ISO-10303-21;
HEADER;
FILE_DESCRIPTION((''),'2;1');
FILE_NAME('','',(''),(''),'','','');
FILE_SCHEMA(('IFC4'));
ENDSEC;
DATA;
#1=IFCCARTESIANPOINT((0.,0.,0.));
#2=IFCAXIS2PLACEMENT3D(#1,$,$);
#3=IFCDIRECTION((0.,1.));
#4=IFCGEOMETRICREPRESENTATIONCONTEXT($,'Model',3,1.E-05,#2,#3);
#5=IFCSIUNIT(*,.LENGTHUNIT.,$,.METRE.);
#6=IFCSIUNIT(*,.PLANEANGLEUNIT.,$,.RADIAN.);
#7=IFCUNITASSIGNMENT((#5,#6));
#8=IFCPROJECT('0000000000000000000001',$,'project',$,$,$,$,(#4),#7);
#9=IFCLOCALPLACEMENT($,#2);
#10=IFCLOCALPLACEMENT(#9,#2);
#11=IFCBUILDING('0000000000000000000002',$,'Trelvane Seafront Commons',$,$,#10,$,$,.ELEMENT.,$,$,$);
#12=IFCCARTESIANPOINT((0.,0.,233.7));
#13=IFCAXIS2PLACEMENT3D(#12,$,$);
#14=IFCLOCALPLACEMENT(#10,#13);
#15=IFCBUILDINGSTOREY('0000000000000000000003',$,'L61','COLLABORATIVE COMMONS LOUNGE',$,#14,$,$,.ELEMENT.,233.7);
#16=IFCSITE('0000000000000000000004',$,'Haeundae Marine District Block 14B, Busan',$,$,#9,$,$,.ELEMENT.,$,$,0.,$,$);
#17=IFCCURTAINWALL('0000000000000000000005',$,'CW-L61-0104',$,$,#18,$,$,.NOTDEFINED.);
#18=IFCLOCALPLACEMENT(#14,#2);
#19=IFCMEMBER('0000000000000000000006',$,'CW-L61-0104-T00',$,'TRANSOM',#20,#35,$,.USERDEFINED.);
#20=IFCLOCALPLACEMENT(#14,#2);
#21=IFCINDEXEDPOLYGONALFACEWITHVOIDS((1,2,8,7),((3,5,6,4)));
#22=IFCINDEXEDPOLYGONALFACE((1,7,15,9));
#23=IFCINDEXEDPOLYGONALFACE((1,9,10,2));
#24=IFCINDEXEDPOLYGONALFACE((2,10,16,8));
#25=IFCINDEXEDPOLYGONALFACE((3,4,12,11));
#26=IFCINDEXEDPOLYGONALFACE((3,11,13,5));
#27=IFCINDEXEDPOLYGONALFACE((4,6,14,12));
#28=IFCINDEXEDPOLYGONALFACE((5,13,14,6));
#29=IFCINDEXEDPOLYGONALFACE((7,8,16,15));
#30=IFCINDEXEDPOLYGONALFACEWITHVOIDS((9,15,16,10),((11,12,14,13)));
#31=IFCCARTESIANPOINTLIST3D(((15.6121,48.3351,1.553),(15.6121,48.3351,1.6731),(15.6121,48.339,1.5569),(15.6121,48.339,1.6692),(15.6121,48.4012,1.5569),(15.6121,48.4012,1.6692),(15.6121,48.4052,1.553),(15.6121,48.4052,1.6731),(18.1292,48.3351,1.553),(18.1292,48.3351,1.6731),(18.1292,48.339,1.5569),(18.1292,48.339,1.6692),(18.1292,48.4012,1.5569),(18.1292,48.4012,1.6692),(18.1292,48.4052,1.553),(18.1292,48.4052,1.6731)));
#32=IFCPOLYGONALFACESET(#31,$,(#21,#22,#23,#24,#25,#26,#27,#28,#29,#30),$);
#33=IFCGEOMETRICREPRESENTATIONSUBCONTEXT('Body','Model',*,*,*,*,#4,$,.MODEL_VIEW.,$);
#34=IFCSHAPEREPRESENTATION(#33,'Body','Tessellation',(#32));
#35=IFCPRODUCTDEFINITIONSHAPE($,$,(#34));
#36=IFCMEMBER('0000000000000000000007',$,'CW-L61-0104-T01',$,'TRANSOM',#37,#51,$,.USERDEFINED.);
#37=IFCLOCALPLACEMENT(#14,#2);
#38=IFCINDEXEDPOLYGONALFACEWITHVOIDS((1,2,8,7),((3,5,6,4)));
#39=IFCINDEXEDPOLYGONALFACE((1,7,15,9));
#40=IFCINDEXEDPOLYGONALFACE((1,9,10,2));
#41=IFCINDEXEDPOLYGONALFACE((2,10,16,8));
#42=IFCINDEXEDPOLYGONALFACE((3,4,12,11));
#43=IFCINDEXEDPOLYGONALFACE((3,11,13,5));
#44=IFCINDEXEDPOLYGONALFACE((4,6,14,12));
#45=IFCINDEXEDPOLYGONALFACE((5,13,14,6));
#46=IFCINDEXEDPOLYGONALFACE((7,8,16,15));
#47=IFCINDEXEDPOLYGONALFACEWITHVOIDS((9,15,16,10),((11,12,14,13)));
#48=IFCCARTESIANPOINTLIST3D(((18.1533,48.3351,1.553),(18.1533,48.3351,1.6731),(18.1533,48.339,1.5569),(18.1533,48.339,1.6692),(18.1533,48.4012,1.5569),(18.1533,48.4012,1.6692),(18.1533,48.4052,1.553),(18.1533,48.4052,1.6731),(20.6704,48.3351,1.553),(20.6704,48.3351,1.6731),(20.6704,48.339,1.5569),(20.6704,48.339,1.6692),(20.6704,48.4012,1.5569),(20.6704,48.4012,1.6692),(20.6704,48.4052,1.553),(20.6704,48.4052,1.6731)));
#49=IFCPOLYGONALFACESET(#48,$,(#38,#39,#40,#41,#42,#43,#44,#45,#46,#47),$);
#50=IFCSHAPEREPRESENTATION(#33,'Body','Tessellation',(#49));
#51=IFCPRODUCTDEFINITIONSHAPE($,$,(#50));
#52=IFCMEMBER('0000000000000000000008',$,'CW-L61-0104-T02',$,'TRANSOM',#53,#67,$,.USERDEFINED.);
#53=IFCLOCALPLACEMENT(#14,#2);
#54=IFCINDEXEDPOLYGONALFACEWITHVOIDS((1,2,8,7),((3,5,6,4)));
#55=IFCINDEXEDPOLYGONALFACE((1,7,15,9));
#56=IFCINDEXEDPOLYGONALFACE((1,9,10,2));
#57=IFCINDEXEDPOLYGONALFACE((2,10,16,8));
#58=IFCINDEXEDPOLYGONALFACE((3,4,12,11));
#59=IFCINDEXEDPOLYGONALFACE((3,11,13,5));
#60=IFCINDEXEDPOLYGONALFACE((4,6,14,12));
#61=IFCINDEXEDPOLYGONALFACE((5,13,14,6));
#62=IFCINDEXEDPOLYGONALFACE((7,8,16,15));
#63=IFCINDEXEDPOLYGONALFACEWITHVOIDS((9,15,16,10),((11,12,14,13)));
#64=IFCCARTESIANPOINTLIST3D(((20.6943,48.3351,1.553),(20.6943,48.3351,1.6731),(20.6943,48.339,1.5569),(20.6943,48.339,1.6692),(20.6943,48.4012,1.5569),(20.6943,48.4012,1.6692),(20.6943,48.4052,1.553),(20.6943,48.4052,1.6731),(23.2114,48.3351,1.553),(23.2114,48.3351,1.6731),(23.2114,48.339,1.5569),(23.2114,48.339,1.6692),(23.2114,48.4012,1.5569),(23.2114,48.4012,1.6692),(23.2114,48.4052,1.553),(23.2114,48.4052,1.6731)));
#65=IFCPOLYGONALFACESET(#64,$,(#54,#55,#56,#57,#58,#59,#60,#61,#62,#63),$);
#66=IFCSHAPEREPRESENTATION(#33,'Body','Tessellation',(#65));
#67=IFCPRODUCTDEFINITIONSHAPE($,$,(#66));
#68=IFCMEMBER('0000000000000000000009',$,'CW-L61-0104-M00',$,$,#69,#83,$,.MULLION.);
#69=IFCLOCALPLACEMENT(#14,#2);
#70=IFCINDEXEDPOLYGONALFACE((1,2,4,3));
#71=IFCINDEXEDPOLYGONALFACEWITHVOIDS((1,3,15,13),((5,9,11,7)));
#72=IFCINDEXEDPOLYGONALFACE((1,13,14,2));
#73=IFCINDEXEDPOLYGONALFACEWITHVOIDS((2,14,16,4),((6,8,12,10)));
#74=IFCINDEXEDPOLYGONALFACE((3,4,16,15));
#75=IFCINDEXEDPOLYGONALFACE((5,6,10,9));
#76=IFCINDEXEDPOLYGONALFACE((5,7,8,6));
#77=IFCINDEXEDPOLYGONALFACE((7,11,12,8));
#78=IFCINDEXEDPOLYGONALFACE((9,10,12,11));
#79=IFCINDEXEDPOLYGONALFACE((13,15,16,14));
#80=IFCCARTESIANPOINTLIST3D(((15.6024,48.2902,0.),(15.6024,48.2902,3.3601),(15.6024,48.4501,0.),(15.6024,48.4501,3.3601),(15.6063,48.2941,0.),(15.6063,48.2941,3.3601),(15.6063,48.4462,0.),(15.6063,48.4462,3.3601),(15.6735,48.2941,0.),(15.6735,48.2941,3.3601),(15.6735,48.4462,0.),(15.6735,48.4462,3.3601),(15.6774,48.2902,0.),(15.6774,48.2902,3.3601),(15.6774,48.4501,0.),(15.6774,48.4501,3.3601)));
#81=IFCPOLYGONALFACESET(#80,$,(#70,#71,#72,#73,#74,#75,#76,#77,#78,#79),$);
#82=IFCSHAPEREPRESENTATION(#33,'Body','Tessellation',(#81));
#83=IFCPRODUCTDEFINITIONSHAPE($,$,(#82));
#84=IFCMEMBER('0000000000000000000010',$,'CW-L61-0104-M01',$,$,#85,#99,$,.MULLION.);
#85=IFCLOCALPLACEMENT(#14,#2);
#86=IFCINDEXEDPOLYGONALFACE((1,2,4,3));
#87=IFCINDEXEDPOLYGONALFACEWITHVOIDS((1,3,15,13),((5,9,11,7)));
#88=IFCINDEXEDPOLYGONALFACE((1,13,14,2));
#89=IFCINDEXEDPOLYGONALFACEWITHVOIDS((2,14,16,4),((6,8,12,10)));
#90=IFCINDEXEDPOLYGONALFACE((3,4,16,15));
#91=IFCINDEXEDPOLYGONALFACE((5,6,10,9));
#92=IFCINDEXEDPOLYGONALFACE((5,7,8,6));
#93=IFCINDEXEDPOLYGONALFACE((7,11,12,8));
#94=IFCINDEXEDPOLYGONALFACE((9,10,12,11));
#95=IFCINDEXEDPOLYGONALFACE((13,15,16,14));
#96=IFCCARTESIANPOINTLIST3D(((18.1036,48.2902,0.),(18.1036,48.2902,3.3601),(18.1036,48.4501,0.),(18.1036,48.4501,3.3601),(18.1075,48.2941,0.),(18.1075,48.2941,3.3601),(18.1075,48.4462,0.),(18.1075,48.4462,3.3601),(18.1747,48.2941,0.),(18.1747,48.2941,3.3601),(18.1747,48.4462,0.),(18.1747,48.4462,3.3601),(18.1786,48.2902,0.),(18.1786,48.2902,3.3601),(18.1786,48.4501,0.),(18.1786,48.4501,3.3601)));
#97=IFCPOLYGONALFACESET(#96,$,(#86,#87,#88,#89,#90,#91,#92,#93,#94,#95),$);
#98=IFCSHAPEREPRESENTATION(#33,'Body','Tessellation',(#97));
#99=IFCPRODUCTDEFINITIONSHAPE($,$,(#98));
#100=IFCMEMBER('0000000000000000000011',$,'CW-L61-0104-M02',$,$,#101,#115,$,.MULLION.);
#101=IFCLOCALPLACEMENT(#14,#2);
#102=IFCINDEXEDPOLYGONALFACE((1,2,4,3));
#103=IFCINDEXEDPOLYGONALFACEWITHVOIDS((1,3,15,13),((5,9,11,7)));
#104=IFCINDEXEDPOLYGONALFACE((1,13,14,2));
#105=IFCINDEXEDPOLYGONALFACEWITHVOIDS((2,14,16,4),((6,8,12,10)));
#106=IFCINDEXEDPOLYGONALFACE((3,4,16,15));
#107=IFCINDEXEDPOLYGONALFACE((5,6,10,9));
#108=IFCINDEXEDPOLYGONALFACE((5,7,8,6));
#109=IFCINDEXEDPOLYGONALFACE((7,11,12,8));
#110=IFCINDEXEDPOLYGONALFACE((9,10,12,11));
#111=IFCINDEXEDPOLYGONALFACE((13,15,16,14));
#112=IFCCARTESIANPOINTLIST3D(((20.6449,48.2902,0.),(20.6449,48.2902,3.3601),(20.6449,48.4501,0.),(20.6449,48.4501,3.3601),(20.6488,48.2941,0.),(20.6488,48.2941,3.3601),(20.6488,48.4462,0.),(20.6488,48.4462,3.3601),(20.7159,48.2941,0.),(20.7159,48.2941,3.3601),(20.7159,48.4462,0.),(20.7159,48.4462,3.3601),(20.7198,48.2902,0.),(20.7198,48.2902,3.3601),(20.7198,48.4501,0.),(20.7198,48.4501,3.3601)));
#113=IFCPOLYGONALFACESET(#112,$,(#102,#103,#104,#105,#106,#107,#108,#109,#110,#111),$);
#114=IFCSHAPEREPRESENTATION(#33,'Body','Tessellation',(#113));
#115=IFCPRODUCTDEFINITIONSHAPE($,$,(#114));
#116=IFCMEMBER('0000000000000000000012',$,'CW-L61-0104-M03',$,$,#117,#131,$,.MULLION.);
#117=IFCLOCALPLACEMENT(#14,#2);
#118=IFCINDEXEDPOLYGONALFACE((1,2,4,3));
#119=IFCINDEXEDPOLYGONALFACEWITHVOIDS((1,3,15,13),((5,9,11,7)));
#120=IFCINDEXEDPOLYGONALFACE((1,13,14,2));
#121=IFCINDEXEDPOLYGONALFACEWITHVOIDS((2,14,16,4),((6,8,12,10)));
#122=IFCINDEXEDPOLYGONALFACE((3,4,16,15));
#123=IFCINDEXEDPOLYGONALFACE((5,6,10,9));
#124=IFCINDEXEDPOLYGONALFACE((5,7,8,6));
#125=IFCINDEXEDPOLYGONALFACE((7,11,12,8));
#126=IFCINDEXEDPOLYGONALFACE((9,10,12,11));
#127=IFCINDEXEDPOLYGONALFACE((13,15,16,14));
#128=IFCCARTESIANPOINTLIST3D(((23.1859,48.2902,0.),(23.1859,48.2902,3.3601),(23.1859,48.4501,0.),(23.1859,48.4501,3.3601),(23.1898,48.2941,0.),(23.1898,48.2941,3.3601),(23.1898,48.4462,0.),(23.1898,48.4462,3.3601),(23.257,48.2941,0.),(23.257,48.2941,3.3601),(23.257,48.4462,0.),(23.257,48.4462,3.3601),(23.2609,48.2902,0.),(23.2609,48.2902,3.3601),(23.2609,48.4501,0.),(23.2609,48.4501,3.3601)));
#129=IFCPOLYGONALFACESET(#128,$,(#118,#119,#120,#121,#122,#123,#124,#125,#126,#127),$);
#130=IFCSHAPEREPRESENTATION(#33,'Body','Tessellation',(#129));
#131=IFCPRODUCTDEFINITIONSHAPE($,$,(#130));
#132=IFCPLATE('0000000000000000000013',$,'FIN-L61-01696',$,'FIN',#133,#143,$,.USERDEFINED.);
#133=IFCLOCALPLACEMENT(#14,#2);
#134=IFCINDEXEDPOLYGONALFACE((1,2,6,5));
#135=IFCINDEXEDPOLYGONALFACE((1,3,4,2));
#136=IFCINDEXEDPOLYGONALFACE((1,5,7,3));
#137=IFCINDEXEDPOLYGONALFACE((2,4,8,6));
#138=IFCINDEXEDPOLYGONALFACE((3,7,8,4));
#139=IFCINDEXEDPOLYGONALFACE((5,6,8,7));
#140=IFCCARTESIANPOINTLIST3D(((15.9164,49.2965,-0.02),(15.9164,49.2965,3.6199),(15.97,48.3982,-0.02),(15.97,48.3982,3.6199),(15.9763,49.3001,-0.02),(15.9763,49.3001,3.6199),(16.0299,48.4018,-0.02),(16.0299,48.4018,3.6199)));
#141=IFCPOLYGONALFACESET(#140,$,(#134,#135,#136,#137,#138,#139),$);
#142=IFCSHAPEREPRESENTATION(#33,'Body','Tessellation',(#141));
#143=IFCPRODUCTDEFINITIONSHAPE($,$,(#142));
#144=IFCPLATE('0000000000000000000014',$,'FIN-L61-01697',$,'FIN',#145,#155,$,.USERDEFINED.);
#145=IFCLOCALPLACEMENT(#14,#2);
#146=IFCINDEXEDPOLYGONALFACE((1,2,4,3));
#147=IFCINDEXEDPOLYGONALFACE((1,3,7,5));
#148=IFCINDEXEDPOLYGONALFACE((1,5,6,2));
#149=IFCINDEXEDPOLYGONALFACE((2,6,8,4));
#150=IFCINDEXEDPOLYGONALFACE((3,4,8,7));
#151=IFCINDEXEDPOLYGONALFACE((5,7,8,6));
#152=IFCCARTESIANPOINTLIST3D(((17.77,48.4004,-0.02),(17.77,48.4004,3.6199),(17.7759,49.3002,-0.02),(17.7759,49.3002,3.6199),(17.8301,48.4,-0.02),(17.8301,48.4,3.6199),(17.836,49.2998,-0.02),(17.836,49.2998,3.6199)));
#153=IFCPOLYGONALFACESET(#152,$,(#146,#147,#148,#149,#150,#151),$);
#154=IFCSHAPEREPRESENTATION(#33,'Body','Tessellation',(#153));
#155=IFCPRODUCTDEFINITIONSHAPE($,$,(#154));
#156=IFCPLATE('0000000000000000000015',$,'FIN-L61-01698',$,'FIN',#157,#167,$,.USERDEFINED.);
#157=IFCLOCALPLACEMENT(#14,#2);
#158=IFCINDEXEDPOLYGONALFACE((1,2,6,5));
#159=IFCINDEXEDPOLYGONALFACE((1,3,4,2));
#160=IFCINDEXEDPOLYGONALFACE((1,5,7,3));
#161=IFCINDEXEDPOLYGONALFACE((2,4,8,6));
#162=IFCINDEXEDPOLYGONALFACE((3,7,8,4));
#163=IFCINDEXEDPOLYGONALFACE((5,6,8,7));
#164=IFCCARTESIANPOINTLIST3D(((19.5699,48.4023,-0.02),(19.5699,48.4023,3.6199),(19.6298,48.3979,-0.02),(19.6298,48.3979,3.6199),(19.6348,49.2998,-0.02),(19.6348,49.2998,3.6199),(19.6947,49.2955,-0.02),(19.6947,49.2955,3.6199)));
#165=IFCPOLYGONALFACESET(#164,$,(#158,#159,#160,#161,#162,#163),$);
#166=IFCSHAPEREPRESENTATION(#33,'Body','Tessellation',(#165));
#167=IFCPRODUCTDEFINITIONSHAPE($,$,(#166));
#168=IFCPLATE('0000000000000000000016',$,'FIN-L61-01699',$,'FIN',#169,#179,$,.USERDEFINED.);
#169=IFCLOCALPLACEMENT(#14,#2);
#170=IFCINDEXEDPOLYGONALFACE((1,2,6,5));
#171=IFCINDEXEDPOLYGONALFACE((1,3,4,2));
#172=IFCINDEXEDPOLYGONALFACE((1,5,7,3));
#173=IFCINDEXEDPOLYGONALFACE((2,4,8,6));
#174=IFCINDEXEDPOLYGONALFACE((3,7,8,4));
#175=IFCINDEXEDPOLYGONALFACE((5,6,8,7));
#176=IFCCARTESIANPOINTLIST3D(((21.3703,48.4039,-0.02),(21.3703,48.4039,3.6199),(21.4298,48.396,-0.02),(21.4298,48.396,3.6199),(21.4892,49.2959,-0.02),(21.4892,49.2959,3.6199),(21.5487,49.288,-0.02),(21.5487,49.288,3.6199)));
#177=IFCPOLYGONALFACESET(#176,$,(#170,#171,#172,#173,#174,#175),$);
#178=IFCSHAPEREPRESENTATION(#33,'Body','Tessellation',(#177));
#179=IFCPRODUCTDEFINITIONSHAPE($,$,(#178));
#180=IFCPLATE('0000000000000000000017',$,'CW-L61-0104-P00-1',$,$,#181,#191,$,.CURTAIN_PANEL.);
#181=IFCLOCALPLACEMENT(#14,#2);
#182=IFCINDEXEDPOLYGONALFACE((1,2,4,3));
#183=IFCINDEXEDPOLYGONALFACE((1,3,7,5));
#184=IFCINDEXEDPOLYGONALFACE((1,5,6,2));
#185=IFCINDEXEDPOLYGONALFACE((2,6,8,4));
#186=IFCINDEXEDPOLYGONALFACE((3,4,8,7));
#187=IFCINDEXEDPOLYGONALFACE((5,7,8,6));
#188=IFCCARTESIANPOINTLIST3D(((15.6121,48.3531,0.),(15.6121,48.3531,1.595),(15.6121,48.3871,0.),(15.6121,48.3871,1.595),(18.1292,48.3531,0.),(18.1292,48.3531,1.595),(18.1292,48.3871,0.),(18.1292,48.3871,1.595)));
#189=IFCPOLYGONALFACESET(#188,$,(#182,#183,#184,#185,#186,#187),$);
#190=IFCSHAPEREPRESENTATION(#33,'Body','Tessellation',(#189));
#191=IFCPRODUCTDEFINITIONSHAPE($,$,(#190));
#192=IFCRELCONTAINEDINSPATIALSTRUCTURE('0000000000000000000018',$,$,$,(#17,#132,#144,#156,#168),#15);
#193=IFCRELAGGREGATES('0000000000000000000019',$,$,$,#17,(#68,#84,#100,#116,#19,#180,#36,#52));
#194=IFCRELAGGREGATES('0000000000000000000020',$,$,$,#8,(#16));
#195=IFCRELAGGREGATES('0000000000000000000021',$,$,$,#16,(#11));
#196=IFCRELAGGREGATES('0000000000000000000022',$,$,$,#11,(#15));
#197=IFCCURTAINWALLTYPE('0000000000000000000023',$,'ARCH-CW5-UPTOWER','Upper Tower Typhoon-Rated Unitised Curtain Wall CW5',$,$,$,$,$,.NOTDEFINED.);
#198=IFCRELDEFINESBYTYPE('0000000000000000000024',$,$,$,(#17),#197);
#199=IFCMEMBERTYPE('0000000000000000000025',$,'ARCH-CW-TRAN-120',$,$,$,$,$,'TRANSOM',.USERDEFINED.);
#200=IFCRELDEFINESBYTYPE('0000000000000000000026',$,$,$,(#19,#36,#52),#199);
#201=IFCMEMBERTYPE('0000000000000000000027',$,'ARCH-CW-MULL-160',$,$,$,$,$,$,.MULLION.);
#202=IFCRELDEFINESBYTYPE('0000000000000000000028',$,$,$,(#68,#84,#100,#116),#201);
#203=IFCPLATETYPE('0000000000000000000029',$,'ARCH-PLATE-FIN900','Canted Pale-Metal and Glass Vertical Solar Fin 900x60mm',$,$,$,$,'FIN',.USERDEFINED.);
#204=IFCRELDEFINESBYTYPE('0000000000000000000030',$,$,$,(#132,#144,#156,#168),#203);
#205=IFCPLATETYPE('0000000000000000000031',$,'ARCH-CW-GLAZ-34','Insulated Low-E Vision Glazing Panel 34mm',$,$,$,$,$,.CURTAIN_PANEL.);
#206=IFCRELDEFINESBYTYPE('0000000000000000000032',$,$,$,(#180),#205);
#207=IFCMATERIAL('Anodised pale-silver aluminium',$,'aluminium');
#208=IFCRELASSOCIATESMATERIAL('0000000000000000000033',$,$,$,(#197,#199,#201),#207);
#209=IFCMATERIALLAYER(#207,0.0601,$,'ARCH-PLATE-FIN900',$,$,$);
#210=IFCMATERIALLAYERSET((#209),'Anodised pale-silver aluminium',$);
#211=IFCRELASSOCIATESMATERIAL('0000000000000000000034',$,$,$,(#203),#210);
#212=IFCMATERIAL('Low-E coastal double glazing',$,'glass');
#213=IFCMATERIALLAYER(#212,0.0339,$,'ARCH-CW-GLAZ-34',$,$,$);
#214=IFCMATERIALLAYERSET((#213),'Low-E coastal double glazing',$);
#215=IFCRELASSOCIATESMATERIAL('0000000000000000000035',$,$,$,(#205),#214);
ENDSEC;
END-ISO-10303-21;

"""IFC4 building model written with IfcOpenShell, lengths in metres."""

from ifc_helpers import new_model, si_unit, direction, frame, origin, origin_2d, place, context, subcontext, project, spatial, rectangle, hollow_rectangle, extrude, source, transform, mapped, material, layer, layer_set, material_profile, profile_set, type_object, element, aggregate, save


model = new_model("IFC4")

# Units and contexts
model_context = context("Model", 3, precision=1e-05, world=origin(), true_north=direction((0.0, 1.0)))
body_context = subcontext(model_context, "Body", "Model", "MODEL_VIEW")
ifc_project = project(units=[si_unit("LENGTHUNIT", "METRE"), si_unit("PLANEANGLEUNIT", "RADIAN")], contexts=[model_context])

# Site, building, storey
site_placement = place(None, origin())
site = spatial("IfcSite", under=ifc_project, at=site_placement, Name="Haeundae Marine District Block 14B, Busan", CompositionType="ELEMENT", RefElevation=0.0)
building_placement = place(site_placement, origin())
building = spatial("IfcBuilding", under=site, at=building_placement, Name="Trelvane Seafront Commons", CompositionType="ELEMENT")
storey_placement = place(building_placement, frame((0.0, 0.0, 233.7)))
storey = spatial("IfcBuildingStorey", under=building, at=storey_placement, Name="L61", Description="COLLABORATIVE COMMONS LOUNGE", CompositionType="ELEMENT", Elevation=233.7)

# Curtain wall, members
ifc_material_1 = material(Name="Anodised pale-silver aluminium", Category="aluminium")
curtain_wall_type = type_object("IfcCurtainWallType", Name="ARCH-CW5-UPTOWER", Description="Upper Tower Typhoon-Rated Unitised Curtain Wall CW5", PredefinedType="NOTDEFINED", material=ifc_material_1)
curtain_wall_placement = place(storey_placement, origin())
curtain_wall = element("IfcCurtainWall", 1, at=curtain_wall_placement, inside=storey, type_object=curtain_wall_type, Name="CW-L61-0104", PredefinedType="NOTDEFINED")
ifc_material_profile_1 = material_profile(ifc_material_1, hollow_rectangle(XDim=0.0701, YDim=0.1201, WallThickness=0.0039, at=origin_2d()), Name="TRAN-70x120x4")
ifc_profile_set_1 = profile_set([ifc_material_profile_1], Name="Anodised pale-silver aluminium")
member_type_1 = type_object("IfcMemberType", Name="ARCH-CW-TRAN-120", ElementType="TRANSOM", PredefinedType="USERDEFINED", material=ifc_profile_set_1)
shared_shape_1 = source(origin(), body_context, "Body", "SweptSolid", [
    extrude(hollow_rectangle(XDim=0.0701, YDim=0.1201, WallThickness=0.0039, at=origin_2d()), origin(), (0.0, 0.0, 1.0), 2.5171),
])
member_1_placement = place(storey_placement, frame((15.6121, 48.3701, 1.613), z_axis=(1.0, 0.0, 0.0), x_axis=(0.0, 1.0, 0.0)))
member_1 = element("IfcMember", 2, at=member_1_placement, type_object=member_type_1, Name="CW-L61-0104-T00", ObjectType="TRANSOM", PredefinedType="USERDEFINED", context=body_context, shape_type="MappedRepresentation", body=[
    mapped(shared_shape_1, transform((0.0, 0.0, 0.0), x_axis=(1.0, 0.0, 0.0), y_axis=(0.0, 1.0, 0.0), z_axis=(0.0, 0.0, 1.0), scale=1.0)),
])
member_2_placement = place(storey_placement, frame((18.1533, 48.3701, 1.613), z_axis=(1.0, 0.0, 0.0), x_axis=(0.0, 1.0, 0.0)))
member_2 = element("IfcMember", 3, at=member_2_placement, type_object=member_type_1, Name="CW-L61-0104-T01", ObjectType="TRANSOM", PredefinedType="USERDEFINED", context=body_context, shape_type="MappedRepresentation", body=[
    mapped(shared_shape_1, transform((0.0, 0.0, 0.0), x_axis=(1.0, 0.0, 0.0), y_axis=(0.0, 1.0, 0.0), z_axis=(0.0, 0.0, 1.0), scale=1.0)),
])
member_3_placement = place(storey_placement, frame((20.6943, 48.3701, 1.613), z_axis=(1.0, 0.0, 0.0), x_axis=(0.0, 1.0, 0.0)))
member_3 = element("IfcMember", 4, at=member_3_placement, type_object=member_type_1, Name="CW-L61-0104-T02", ObjectType="TRANSOM", PredefinedType="USERDEFINED", context=body_context, shape_type="MappedRepresentation", body=[
    mapped(shared_shape_1, transform((0.0, 0.0, 0.0), x_axis=(1.0, 0.0, 0.0), y_axis=(0.0, 1.0, 0.0), z_axis=(0.0, 0.0, 1.0), scale=1.0)),
])
ifc_material_profile_2 = material_profile(ifc_material_1, hollow_rectangle(XDim=0.075, YDim=0.1599, WallThickness=0.0039, at=origin_2d()), Name="MULL-75x160x4")
ifc_profile_set_2 = profile_set([ifc_material_profile_2], Name="Anodised pale-silver aluminium")
member_type_2 = type_object("IfcMemberType", Name="ARCH-CW-MULL-160", PredefinedType="MULLION", material=ifc_profile_set_2)
shared_shape_2 = source(origin(), body_context, "Body", "SweptSolid", [
    extrude(hollow_rectangle(XDim=0.075, YDim=0.1599, WallThickness=0.0039, at=origin_2d()), origin(), (0.0, 0.0, 1.0), 3.3601),
])
member_4_placement = place(storey_placement, frame((15.6399, 48.3701, 0.0), z_axis=(0.0, 0.0, 1.0), x_axis=(1.0, 0.0, 0.0)))
member_4 = element("IfcMember", 5, at=member_4_placement, type_object=member_type_2, Name="CW-L61-0104-M00", PredefinedType="MULLION", context=body_context, shape_type="MappedRepresentation", body=[
    mapped(shared_shape_2, transform((0.0, 0.0, 0.0), x_axis=(1.0, 0.0, 0.0), y_axis=(0.0, 1.0, 0.0), z_axis=(0.0, 0.0, 1.0), scale=1.0)),
])
member_5_placement = place(storey_placement, frame((18.1411, 48.3701, 0.0), z_axis=(0.0, 0.0, 1.0), x_axis=(1.0, 0.0, 0.0)))
member_5 = element("IfcMember", 6, at=member_5_placement, type_object=member_type_2, Name="CW-L61-0104-M01", PredefinedType="MULLION", context=body_context, shape_type="MappedRepresentation", body=[
    mapped(shared_shape_2, transform((0.0, 0.0, 0.0), x_axis=(1.0, 0.0, 0.0), y_axis=(0.0, 1.0, 0.0), z_axis=(0.0, 0.0, 1.0), scale=1.0)),
])
member_6_placement = place(storey_placement, frame((20.6824, 48.3701, 0.0), z_axis=(0.0, 0.0, 1.0), x_axis=(1.0, 0.0, 0.0)))
member_6 = element("IfcMember", 7, at=member_6_placement, type_object=member_type_2, Name="CW-L61-0104-M02", PredefinedType="MULLION", context=body_context, shape_type="MappedRepresentation", body=[
    mapped(shared_shape_2, transform((0.0, 0.0, 0.0), x_axis=(1.0, 0.0, 0.0), y_axis=(0.0, 1.0, 0.0), z_axis=(0.0, 0.0, 1.0), scale=1.0)),
])
member_7_placement = place(storey_placement, frame((23.2234, 48.3701, 0.0), z_axis=(0.0, 0.0, 1.0), x_axis=(1.0, 0.0, 0.0)))
member_7 = element("IfcMember", 8, at=member_7_placement, type_object=member_type_2, Name="CW-L61-0104-M03", PredefinedType="MULLION", context=body_context, shape_type="MappedRepresentation", body=[
    mapped(shared_shape_2, transform((0.0, 0.0, 0.0), x_axis=(1.0, 0.0, 0.0), y_axis=(0.0, 1.0, 0.0), z_axis=(0.0, 0.0, 1.0), scale=1.0)),
])

# Plates
ifc_layer_1 = layer(ifc_material_1, 0.0601, Name="ARCH-PLATE-FIN900")
ifc_layer_set_1 = layer_set([ifc_layer_1], Name="Anodised pale-silver aluminium")
plate_type_1 = type_object("IfcPlateType", Name="ARCH-PLATE-FIN900", Description="Canted Pale-Metal and Glass Vertical Solar Fin 900x60mm", ElementType="FIN", PredefinedType="USERDEFINED", material=ifc_layer_set_1)
shared_shape_3 = source(origin(), body_context, "Body", "SweptSolid", [
    extrude(rectangle(XDim=0.8999, YDim=0.0601, at=origin_2d()), origin(), (0.0, 0.0, 1.0), 3.6399),
])
for number, where, z_axis, x_axis, name in (
    (9, (15.9731, 48.8491, -0.02), (0.0, 0.0, 1.0), (-0.059556, 0.998225, 0.0), "FIN-L61-01696"),
    (10, (17.803, 48.8501, -0.02), (0.0, 0.0, 1.0), (0.006555, 0.999979, 0.0), "FIN-L61-01697"),
    (11, (19.6323, 48.8489, -0.02), (0.0, 0.0, 1.0), (0.072108, 0.997397, 0.0), "FIN-L61-01698"),
    (12, (21.4595, 48.8459, -0.02), (0.0, 0.0, 1.0), (0.132113, 0.991235, 0.0), "FIN-L61-01699"),
):
    element("IfcPlate", number, at=place(storey_placement, frame(where, z_axis=z_axis, x_axis=x_axis)), inside=storey, type_object=plate_type_1, Name=name, ObjectType="FIN", PredefinedType="USERDEFINED", context=body_context, shape_type="MappedRepresentation", body=[
        mapped(shared_shape_3, transform((0.0, 0.0, 0.0), x_axis=(1.0, 0.0, 0.0), y_axis=(0.0, 1.0, 0.0), z_axis=(0.0, 0.0, 1.0), scale=1.0)),
    ])

# Plate
ifc_material_2 = material(Name="Low-E coastal double glazing", Category="glass")
ifc_layer_2 = layer(ifc_material_2, 0.0339, Name="ARCH-CW-GLAZ-34")
ifc_layer_set_2 = layer_set([ifc_layer_2], Name="Low-E coastal double glazing")
plate_type_2 = type_object("IfcPlateType", Name="ARCH-CW-GLAZ-34", Description="Insulated Low-E Vision Glazing Panel 34mm", PredefinedType="CURTAIN_PANEL", material=ifc_layer_set_2)
shared_shape_4 = source(origin(), body_context, "Body", "SweptSolid", [
    extrude(rectangle(XDim=2.5171, YDim=0.0339, at=origin_2d()), origin(), (0.0, 0.0, 1.0), 1.595),
])
plate_1_placement = place(storey_placement, frame((16.8706, 48.3701, 0.0), z_axis=(0.0, 0.0, 1.0), x_axis=(1.0, 0.0, 0.0)))
plate_1 = element("IfcPlate", 13, at=plate_1_placement, type_object=plate_type_2, Name="CW-L61-0104-P00-1", PredefinedType="CURTAIN_PANEL", context=body_context, shape_type="MappedRepresentation", body=[
    mapped(shared_shape_4, transform((0.0, 0.0, 0.0), x_axis=(1.0, 0.0, 0.0), y_axis=(0.0, 1.0, 0.0), z_axis=(0.0, 0.0, 1.0), scale=1.0)),
])
aggregate(curtain_wall, [member_4, member_5, member_6, member_7, member_1, plate_1, member_2, member_3])

save(model, "model.ifc")
